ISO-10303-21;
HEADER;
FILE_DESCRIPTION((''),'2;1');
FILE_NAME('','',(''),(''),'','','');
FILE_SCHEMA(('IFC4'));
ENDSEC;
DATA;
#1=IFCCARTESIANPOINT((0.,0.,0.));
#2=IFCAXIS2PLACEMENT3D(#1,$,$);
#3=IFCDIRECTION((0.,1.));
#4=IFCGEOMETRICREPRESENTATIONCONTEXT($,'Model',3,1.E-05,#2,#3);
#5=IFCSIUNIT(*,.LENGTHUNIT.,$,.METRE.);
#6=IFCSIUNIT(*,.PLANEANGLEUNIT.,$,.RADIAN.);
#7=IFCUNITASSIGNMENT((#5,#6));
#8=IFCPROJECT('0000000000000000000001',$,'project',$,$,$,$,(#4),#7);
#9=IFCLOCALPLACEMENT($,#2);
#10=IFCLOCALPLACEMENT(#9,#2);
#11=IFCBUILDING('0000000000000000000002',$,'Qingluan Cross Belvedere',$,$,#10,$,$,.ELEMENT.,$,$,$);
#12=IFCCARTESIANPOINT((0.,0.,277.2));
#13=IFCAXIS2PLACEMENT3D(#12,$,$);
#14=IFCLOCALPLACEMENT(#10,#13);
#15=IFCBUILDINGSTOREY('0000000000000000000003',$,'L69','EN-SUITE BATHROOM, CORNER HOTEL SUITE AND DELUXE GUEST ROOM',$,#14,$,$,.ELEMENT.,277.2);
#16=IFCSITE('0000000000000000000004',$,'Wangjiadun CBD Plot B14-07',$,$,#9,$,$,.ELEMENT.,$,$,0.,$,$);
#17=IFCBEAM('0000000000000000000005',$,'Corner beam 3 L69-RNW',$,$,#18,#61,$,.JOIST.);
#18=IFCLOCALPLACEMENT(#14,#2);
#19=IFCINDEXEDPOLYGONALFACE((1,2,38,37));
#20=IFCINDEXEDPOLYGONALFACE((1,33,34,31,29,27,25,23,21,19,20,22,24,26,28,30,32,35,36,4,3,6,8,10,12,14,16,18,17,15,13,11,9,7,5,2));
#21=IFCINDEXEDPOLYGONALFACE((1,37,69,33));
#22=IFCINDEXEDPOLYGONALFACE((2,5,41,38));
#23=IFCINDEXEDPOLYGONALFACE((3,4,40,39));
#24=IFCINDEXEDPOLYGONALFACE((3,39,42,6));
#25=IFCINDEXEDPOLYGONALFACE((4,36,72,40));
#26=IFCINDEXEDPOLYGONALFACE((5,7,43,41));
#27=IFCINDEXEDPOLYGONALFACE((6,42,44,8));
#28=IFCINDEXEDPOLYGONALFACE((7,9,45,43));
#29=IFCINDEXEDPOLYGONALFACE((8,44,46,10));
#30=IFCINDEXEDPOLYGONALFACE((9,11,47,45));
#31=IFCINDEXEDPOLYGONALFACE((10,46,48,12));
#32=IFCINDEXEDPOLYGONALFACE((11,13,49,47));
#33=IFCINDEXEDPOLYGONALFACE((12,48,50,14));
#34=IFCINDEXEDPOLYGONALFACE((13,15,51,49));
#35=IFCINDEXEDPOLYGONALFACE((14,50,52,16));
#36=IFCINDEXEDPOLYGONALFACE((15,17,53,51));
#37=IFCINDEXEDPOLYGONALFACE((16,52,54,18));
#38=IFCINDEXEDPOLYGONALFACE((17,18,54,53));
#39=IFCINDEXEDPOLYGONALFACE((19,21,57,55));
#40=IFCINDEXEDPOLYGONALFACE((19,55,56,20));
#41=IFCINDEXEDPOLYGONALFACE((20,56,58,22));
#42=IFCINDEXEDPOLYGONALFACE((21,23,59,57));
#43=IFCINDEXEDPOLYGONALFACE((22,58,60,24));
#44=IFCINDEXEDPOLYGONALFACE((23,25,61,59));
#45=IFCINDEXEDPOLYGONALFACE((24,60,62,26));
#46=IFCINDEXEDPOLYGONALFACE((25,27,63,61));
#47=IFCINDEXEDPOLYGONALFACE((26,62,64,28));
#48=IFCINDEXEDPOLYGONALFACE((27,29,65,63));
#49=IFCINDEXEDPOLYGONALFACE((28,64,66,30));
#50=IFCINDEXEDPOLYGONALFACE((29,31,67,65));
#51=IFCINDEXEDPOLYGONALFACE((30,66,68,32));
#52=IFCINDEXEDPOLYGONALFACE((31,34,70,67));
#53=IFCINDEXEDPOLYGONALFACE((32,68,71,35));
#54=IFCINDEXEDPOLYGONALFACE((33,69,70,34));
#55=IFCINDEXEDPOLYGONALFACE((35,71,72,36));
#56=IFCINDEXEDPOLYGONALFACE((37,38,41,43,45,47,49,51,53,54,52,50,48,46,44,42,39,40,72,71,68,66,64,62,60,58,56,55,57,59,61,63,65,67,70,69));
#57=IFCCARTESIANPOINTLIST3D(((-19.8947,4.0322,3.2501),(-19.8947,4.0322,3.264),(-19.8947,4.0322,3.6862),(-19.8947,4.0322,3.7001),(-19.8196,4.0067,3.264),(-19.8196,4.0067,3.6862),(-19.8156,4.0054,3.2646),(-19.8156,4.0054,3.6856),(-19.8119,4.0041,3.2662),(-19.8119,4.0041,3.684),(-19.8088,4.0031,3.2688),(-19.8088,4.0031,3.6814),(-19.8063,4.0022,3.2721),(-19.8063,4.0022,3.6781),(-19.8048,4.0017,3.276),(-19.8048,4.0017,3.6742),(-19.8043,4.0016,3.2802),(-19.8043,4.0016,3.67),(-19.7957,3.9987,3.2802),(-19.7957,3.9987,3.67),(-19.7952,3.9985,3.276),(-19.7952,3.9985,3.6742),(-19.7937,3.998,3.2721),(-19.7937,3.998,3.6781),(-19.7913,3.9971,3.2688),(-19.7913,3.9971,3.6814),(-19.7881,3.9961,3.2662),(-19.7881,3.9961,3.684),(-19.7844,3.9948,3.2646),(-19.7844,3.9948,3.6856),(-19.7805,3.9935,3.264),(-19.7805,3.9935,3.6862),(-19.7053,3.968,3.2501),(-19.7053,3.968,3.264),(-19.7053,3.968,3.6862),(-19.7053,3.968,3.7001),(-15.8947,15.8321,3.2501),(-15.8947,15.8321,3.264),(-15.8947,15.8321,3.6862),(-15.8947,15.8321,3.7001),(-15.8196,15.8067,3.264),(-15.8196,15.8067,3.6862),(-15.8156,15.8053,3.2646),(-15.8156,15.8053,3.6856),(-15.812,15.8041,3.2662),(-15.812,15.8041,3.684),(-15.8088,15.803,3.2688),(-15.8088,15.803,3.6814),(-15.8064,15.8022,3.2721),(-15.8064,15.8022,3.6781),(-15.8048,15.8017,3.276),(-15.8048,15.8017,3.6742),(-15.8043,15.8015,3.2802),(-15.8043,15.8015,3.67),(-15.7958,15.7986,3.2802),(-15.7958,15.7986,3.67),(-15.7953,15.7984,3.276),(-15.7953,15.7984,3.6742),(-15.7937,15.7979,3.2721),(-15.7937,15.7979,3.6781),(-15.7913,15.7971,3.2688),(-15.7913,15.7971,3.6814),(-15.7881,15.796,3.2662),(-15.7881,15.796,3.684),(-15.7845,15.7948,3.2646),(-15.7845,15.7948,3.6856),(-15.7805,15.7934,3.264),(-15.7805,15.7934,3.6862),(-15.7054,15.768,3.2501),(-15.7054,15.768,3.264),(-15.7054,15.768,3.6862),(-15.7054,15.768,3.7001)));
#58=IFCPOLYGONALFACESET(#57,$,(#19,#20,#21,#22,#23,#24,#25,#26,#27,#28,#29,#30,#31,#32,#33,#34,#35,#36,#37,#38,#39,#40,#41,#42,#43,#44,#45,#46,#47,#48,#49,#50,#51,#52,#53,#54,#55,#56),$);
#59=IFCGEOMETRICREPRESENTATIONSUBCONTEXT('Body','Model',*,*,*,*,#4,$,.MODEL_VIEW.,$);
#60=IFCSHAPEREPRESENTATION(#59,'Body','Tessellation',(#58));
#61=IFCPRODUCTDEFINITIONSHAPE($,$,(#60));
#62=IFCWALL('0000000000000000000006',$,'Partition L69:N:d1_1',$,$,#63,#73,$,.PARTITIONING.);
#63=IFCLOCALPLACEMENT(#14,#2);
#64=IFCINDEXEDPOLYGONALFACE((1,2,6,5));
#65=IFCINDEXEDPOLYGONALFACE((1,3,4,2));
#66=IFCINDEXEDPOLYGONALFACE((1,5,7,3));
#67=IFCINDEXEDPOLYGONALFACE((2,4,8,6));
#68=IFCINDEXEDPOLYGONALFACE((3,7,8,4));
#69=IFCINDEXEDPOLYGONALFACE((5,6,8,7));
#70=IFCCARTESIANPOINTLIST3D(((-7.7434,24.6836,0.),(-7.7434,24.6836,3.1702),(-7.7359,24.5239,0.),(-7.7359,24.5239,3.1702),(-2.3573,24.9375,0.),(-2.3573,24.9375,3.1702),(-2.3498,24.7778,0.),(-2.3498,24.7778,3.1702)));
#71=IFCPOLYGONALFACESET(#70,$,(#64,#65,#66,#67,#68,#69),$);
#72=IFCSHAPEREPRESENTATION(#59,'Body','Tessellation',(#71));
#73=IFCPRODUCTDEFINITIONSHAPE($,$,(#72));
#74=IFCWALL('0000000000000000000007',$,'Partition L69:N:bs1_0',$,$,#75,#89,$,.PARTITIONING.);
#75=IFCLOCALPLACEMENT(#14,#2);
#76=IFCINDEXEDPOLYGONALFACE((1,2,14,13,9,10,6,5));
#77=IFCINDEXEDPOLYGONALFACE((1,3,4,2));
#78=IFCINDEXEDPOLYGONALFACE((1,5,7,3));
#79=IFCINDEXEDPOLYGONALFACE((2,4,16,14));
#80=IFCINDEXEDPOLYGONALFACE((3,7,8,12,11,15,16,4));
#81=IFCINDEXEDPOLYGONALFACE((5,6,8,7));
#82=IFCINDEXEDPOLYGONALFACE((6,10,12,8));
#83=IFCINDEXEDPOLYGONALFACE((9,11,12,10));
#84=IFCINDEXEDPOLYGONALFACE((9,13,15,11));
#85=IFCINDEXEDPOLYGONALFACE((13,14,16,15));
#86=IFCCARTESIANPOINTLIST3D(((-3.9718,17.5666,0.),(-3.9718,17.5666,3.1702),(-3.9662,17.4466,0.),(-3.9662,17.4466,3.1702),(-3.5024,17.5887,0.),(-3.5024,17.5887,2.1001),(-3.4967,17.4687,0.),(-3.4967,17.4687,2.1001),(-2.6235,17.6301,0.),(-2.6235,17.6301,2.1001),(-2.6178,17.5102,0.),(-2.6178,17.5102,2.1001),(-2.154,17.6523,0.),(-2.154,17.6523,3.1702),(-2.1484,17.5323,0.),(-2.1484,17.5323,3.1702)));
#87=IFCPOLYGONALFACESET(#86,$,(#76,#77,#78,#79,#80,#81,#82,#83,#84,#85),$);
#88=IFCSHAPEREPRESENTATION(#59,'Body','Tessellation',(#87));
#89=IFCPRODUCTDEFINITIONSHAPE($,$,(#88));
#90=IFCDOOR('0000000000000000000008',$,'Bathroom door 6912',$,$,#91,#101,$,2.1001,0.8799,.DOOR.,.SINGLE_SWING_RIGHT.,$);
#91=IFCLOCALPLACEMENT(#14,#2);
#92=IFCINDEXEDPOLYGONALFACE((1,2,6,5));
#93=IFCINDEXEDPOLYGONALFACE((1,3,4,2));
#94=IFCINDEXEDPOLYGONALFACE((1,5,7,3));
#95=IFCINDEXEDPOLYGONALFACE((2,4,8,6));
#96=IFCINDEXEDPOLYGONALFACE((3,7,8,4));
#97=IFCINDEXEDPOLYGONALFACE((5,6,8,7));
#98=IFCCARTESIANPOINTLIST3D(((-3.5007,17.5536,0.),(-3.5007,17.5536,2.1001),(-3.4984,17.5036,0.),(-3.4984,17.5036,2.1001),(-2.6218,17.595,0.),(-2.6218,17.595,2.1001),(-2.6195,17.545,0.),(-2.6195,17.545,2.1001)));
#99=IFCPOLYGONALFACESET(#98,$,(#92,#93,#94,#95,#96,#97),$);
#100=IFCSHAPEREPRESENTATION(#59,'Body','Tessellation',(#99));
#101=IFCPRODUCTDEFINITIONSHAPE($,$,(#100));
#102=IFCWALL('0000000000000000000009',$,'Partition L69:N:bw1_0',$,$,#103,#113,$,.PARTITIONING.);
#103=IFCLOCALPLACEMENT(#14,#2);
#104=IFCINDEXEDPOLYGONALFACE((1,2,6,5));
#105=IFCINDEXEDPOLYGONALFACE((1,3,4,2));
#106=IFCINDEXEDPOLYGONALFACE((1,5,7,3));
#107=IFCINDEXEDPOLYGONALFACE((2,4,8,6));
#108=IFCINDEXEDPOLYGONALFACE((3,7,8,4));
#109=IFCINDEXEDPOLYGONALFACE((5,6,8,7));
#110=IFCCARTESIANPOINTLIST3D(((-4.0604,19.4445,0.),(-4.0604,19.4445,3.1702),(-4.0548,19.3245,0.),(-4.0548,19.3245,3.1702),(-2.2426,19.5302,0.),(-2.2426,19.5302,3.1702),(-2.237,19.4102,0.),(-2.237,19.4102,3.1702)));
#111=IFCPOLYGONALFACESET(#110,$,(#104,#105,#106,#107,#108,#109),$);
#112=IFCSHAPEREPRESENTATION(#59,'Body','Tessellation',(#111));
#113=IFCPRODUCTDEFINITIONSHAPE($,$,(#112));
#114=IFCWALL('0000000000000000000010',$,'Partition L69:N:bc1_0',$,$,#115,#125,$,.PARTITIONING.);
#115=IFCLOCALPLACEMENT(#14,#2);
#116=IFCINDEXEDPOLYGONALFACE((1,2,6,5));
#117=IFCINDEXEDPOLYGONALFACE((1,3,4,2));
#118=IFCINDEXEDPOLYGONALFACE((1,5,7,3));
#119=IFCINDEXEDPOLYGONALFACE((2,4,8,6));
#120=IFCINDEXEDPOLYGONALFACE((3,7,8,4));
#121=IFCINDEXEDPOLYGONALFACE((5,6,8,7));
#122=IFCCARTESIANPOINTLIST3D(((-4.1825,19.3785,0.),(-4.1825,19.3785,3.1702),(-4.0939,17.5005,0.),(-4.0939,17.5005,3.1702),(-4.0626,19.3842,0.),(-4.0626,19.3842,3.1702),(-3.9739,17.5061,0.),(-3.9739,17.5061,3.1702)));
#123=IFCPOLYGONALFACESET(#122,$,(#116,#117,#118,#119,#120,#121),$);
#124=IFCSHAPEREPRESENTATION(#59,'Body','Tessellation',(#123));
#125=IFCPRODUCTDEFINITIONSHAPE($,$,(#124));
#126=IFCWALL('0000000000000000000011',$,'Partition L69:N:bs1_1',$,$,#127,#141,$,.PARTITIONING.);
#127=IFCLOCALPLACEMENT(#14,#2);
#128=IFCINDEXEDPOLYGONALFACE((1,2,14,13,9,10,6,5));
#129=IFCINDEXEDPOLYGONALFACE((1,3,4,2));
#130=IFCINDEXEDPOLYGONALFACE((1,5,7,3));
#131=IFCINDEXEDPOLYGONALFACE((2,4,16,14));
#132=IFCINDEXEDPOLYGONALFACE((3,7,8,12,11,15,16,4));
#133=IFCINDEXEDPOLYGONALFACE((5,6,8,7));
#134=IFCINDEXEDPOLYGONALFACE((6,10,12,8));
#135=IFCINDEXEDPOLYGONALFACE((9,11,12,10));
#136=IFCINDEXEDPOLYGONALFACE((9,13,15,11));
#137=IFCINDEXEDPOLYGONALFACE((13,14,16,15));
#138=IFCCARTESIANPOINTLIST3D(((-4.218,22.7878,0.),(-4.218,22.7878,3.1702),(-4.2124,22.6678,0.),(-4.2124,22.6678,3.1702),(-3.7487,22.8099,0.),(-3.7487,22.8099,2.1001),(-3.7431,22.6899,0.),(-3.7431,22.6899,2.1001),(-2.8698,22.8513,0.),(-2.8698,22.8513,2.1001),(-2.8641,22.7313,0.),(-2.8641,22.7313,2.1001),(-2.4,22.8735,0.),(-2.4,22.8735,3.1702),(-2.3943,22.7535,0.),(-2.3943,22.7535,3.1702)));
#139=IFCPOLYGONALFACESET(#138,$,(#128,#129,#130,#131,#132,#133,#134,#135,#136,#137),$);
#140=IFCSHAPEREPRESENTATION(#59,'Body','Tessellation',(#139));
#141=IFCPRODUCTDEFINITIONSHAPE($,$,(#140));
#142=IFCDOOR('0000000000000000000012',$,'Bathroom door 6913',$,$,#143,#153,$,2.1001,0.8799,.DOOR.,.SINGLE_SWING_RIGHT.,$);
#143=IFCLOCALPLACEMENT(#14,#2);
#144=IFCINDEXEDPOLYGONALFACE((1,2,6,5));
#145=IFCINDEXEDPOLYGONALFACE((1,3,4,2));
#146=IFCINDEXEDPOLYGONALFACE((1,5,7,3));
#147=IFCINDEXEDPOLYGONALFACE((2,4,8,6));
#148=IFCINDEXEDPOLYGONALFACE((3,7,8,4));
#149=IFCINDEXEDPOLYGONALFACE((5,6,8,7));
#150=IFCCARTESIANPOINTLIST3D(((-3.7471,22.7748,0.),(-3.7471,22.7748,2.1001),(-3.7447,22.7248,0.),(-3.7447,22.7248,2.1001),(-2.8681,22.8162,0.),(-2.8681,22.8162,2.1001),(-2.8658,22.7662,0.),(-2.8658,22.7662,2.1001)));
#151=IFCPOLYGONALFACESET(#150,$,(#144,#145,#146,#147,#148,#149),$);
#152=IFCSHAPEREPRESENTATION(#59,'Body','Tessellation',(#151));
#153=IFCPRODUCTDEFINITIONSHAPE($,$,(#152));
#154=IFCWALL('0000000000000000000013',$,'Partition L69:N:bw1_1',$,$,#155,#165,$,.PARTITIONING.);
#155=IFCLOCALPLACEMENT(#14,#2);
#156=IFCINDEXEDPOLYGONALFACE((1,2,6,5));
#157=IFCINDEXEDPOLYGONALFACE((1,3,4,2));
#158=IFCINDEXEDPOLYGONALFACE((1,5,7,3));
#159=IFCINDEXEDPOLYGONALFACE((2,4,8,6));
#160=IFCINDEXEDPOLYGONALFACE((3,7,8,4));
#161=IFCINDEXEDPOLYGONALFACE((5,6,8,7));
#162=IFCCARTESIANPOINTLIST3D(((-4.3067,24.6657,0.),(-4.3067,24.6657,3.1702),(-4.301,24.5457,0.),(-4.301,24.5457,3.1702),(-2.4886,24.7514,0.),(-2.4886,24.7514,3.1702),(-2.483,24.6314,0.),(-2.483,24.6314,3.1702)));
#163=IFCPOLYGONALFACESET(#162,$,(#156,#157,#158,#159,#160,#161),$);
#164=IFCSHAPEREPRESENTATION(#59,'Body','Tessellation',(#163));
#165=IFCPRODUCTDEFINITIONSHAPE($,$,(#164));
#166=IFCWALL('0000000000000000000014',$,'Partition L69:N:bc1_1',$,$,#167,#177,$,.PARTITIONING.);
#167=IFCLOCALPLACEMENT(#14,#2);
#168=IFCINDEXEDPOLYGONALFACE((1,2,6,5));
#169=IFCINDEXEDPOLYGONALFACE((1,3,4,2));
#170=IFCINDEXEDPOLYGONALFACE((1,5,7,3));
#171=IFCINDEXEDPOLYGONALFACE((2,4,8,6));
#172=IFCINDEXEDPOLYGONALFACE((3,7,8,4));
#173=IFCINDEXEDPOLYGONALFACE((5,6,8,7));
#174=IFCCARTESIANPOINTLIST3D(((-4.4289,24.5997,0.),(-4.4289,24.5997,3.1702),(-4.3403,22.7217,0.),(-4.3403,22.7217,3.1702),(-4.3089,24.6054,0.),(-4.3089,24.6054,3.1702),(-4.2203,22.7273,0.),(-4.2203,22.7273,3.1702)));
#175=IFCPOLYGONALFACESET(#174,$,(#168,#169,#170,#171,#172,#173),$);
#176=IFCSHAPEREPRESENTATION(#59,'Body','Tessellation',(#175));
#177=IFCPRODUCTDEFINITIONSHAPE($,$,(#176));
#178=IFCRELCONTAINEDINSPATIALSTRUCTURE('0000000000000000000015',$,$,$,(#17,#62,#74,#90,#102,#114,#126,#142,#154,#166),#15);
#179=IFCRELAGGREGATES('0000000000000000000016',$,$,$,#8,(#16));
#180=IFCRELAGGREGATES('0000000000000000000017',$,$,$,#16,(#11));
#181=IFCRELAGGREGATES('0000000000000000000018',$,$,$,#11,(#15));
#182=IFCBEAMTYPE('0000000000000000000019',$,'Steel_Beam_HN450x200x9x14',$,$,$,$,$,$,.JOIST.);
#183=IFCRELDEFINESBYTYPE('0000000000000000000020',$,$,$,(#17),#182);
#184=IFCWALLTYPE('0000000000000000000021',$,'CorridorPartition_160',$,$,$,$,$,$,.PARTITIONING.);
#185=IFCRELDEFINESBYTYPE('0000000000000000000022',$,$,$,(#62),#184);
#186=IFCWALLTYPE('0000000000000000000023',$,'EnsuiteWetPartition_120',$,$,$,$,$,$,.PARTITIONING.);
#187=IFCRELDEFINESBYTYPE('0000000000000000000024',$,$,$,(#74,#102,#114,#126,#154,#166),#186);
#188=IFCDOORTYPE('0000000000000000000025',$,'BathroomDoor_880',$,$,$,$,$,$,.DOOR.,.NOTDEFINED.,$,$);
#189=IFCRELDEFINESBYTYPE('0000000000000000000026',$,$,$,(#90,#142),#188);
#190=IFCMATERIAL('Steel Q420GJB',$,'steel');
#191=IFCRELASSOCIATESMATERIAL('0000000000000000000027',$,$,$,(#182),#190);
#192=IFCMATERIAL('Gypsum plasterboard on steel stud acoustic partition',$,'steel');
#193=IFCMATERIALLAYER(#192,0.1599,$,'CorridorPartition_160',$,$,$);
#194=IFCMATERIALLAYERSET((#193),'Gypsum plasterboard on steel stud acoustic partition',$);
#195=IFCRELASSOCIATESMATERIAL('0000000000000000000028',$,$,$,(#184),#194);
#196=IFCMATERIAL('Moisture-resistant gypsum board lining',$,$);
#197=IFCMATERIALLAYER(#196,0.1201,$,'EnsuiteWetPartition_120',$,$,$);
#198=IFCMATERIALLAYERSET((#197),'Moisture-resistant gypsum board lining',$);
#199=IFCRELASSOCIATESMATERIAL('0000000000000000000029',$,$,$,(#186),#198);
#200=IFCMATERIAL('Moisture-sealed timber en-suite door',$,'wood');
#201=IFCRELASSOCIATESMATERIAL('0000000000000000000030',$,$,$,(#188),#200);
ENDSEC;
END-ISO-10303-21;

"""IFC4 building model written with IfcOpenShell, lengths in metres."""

from ifc_helpers import new_model, si_unit, direction, frame, frame_2d, origin, origin_2d, place, context, subcontext, project, spatial, rectangle, i_section, extrude, material, layer, layer_set, material_profile, profile_set, type_object, element, fill, save


model = new_model("IFC4")

# Units and contexts
model_context = context("Model", 3, precision=1e-05, world=origin(), true_north=direction((0.0, 1.0)))
body_context = subcontext(model_context, "Body", "Model", "MODEL_VIEW")
ifc_project = project(units=[si_unit("LENGTHUNIT", "METRE"), si_unit("PLANEANGLEUNIT", "RADIAN")], contexts=[model_context])

# Site, building, storey
site_placement = place(None, origin())
site = spatial("IfcSite", under=ifc_project, at=site_placement, Name="Wangjiadun CBD Plot B14-07", CompositionType="ELEMENT", RefElevation=0.0)
building_placement = place(site_placement, origin())
building = spatial("IfcBuilding", under=site, at=building_placement, Name="Qingluan Cross Belvedere", CompositionType="ELEMENT")
storey_placement = place(building_placement, frame((0.0, 0.0, 277.2)))
storey = spatial("IfcBuildingStorey", under=building, at=storey_placement, Name="L69", Description="EN-SUITE BATHROOM, CORNER HOTEL SUITE AND DELUXE GUEST ROOM", CompositionType="ELEMENT", Elevation=277.2)

# Beam
ifc_material_1 = material(Name="Steel Q420GJB", Category="steel")
ifc_material_profile_1 = material_profile(ifc_material_1, i_section(OverallWidth=0.2, OverallDepth=0.45, WebThickness=0.009, FlangeThickness=0.0139, FilletRadius=0.0161, at=origin_2d()), Name="HN450x200x9x14")
ifc_profile_set_1 = profile_set([ifc_material_profile_1], Name="Steel Q420GJB")
beam_type_1 = type_object("IfcBeamType", Name="Steel_Beam_HN450x200x9x14", PredefinedType="JOIST", material=ifc_profile_set_1)
for number, where, z_axis, x_axis, name in (
    (1, (-15.8, 15.8, 3.4751), (-0.321038, -0.947066, 0.0), (0.947066, -0.321038, 0.0), "Corner beam 3 L69-RNW"),
):
    element("IfcBeam", number, at=place(storey_placement, frame(where, z_axis=z_axis, x_axis=x_axis)), inside=storey, type_object=beam_type_1, Name=name, PredefinedType="JOIST", context=body_context, shape_type="SweptSolid", body=[
        extrude(i_section(OverallWidth=0.2, OverallDepth=0.45, WebThickness=0.009, FlangeThickness=0.0139, FilletRadius=0.0161, at=origin_2d()), origin(), (0.0, 0.0, 1.0), 12.4595),
    ])

# Wall
ifc_material_2 = material(Name="Gypsum plasterboard on steel stud acoustic partition", Category="steel")
ifc_layer_1 = layer(ifc_material_2, 0.1599, Name="CorridorPartition_160")
ifc_layer_set_1 = layer_set([ifc_layer_1], Name="Gypsum plasterboard on steel stud acoustic partition")
wall_type_1 = type_object("IfcWallType", Name="CorridorPartition_160", PredefinedType="PARTITIONING", material=ifc_layer_set_1)
wall_1_placement = place(storey_placement, frame((-2.3535, 24.8577, 0.0), z_axis=(0.0, 0.0, 1.0), x_axis=(-0.998891, -0.04709, 0.0)))
element("IfcWall", 2, at=wall_1_placement, inside=storey, type_object=wall_type_1, Name="Partition L69:N:d1_1", PredefinedType="PARTITIONING", context=body_context, shape_type="SweptSolid", body=[
    extrude(rectangle(XDim=5.3921, YDim=0.1599, at=frame_2d((2.696, 0.0))), origin(), (0.0, 0.0, 1.0), 3.1702),
])

# Wall, opening, door
ifc_material_3 = material(Name="Moisture-resistant gypsum board lining")
ifc_layer_2 = layer(ifc_material_3, 0.1201, Name="EnsuiteWetPartition_120")
ifc_layer_set_2 = layer_set([ifc_layer_2], Name="Moisture-resistant gypsum board lining")
wall_type_2 = type_object("IfcWallType", Name="EnsuiteWetPartition_120", PredefinedType="PARTITIONING", material=ifc_layer_set_2)
wall_2_placement = place(storey_placement, frame((-3.969, 17.5066, 0.0), z_axis=(0.0, 0.0, 1.0), x_axis=(0.998891, 0.047087, 0.0)))
wall_2 = element("IfcWall", 3, at=wall_2_placement, inside=storey, type_object=wall_type_2, Name="Partition L69:N:bs1_0", PredefinedType="PARTITIONING", context=body_context, shape_type="SweptSolid", body=[
    extrude(rectangle(XDim=1.8198, YDim=0.1201, at=frame_2d((0.9099, 0.0))), origin(), (0.0, 0.0, 1.0), 3.1702),
])
opening_1_placement = place(wall_2_placement, frame((0.47, 0.0, 0.0)))
opening_1 = element("IfcOpeningElement", 4, at=opening_1_placement, cuts=wall_2, PredefinedType="OPENING", context=body_context, shape_type="SweptSolid", body=[
    extrude(rectangle(XDim=0.8799, YDim=2.1001, at=frame_2d((0.4399, 1.05))), frame((0.0, 0.0701, 0.0), z_axis=(0.0, -1.0, 0.0), x_axis=(1.0, 0.0, 0.0)), (0.0, 0.0, 1.0), 0.1401),
])
ifc_material_4 = material(Name="Moisture-sealed timber en-suite door", Category="wood")
door_type = type_object("IfcDoorType", Name="BathroomDoor_880", OperationType="NOTDEFINED", PredefinedType="DOOR", material=ifc_material_4)
door_1_placement = place(opening_1_placement, origin())
door_1 = element("IfcDoor", 5, at=door_1_placement, inside=storey, type_object=door_type, Name="Bathroom door 6912", OperationType="SINGLE_SWING_RIGHT", OverallHeight=2.1001, OverallWidth=0.8799, PredefinedType="DOOR", context=body_context, shape_type="SweptSolid", body=[
    extrude(rectangle(XDim=0.8799, YDim=2.1001, at=frame_2d((0.4399, 1.05))), frame((0.0, 0.0249, 0.0), z_axis=(0.0, -1.0, 0.0), x_axis=(1.0, 0.0, 0.0)), (0.0, 0.0, 1.0), 0.05),
])
fill(opening_1, door_1)

# Walls
wall_3_placement = place(storey_placement, frame((-4.0576, 19.3845, 0.0), z_axis=(0.0, 0.0, 1.0), x_axis=(0.998891, 0.047087, 0.0)))
element("IfcWall", 6, at=wall_3_placement, inside=storey, type_object=wall_type_2, Name="Partition L69:N:bw1_0", PredefinedType="PARTITIONING", context=body_context, shape_type="SweptSolid", body=[
    extrude(rectangle(XDim=1.8198, YDim=0.1201, at=frame_2d((0.9099, 0.0))), origin(), (0.0, 0.0, 1.0), 3.1702),
])
wall_4_placement = place(storey_placement, frame((-4.0339, 17.5034, 0.0), z_axis=(0.0, 0.0, 1.0), x_axis=(-0.047139, 0.998888, 0.0)))
element("IfcWall", 7, at=wall_4_placement, inside=storey, type_object=wall_type_2, Name="Partition L69:N:bc1_0", PredefinedType="PARTITIONING", context=body_context, shape_type="SweptSolid", body=[
    extrude(rectangle(XDim=1.8801, YDim=0.1201, at=frame_2d((0.9399, 0.0))), origin(), (0.0, 0.0, 1.0), 3.1702),
])

# Wall, opening, door
wall_5_placement = place(storey_placement, frame((-4.2153, 22.7278, 0.0), z_axis=(0.0, 0.0, 1.0), x_axis=(0.998891, 0.047081, 0.0)))
wall_5 = element("IfcWall", 8, at=wall_5_placement, inside=storey, type_object=wall_type_2, Name="Partition L69:N:bs1_1", PredefinedType="PARTITIONING", context=body_context, shape_type="SweptSolid", body=[
    extrude(rectangle(XDim=1.8201, YDim=0.1201, at=frame_2d((0.9102, 0.0))), origin(), (0.0, 0.0, 1.0), 3.1702),
])
opening_2_placement = place(wall_5_placement, frame((0.47, 0.0, 0.0)))
opening_2 = element("IfcOpeningElement", 9, at=opening_2_placement, cuts=wall_5, PredefinedType="OPENING", context=body_context, shape_type="SweptSolid", body=[
    extrude(rectangle(XDim=0.8799, YDim=2.1001, at=frame_2d((0.4399, 1.05))), frame((0.0, 0.0701, 0.0), z_axis=(0.0, -1.0, 0.0), x_axis=(1.0, 0.0, 0.0)), (0.0, 0.0, 1.0), 0.1401),
])
door_2_placement = place(opening_2_placement, origin())
door_2 = element("IfcDoor", 10, at=door_2_placement, inside=storey, type_object=door_type, Name="Bathroom door 6913", OperationType="SINGLE_SWING_RIGHT", OverallHeight=2.1001, OverallWidth=0.8799, PredefinedType="DOOR", context=body_context, shape_type="SweptSolid", body=[
    extrude(rectangle(XDim=0.8799, YDim=2.1001, at=frame_2d((0.4399, 1.05))), frame((0.0, 0.0249, 0.0), z_axis=(0.0, -1.0, 0.0), x_axis=(1.0, 0.0, 0.0)), (0.0, 0.0, 1.0), 0.05),
])
fill(opening_2, door_2)

# Walls
wall_6_placement = place(storey_placement, frame((-4.304, 24.6057, 0.0), z_axis=(0.0, 0.0, 1.0), x_axis=(0.998891, 0.047081, 0.0)))
element("IfcWall", 11, at=wall_6_placement, inside=storey, type_object=wall_type_2, Name="Partition L69:N:bw1_1", PredefinedType="PARTITIONING", context=body_context, shape_type="SweptSolid", body=[
    extrude(rectangle(XDim=1.8201, YDim=0.1201, at=frame_2d((0.9102, 0.0))), origin(), (0.0, 0.0, 1.0), 3.1702),
])
wall_7_placement = place(storey_placement, frame((-4.2803, 22.7246, 0.0), z_axis=(0.0, 0.0, 1.0), x_axis=(-0.047139, 0.998888, 0.0)))
element("IfcWall", 12, at=wall_7_placement, inside=storey, type_object=wall_type_2, Name="Partition L69:N:bc1_1", PredefinedType="PARTITIONING", context=body_context, shape_type="SweptSolid", body=[
    extrude(rectangle(XDim=1.8801, YDim=0.1201, at=frame_2d((0.9399, 0.0))), origin(), (0.0, 0.0, 1.0), 3.1702),
])

save(model, "model.ifc")
